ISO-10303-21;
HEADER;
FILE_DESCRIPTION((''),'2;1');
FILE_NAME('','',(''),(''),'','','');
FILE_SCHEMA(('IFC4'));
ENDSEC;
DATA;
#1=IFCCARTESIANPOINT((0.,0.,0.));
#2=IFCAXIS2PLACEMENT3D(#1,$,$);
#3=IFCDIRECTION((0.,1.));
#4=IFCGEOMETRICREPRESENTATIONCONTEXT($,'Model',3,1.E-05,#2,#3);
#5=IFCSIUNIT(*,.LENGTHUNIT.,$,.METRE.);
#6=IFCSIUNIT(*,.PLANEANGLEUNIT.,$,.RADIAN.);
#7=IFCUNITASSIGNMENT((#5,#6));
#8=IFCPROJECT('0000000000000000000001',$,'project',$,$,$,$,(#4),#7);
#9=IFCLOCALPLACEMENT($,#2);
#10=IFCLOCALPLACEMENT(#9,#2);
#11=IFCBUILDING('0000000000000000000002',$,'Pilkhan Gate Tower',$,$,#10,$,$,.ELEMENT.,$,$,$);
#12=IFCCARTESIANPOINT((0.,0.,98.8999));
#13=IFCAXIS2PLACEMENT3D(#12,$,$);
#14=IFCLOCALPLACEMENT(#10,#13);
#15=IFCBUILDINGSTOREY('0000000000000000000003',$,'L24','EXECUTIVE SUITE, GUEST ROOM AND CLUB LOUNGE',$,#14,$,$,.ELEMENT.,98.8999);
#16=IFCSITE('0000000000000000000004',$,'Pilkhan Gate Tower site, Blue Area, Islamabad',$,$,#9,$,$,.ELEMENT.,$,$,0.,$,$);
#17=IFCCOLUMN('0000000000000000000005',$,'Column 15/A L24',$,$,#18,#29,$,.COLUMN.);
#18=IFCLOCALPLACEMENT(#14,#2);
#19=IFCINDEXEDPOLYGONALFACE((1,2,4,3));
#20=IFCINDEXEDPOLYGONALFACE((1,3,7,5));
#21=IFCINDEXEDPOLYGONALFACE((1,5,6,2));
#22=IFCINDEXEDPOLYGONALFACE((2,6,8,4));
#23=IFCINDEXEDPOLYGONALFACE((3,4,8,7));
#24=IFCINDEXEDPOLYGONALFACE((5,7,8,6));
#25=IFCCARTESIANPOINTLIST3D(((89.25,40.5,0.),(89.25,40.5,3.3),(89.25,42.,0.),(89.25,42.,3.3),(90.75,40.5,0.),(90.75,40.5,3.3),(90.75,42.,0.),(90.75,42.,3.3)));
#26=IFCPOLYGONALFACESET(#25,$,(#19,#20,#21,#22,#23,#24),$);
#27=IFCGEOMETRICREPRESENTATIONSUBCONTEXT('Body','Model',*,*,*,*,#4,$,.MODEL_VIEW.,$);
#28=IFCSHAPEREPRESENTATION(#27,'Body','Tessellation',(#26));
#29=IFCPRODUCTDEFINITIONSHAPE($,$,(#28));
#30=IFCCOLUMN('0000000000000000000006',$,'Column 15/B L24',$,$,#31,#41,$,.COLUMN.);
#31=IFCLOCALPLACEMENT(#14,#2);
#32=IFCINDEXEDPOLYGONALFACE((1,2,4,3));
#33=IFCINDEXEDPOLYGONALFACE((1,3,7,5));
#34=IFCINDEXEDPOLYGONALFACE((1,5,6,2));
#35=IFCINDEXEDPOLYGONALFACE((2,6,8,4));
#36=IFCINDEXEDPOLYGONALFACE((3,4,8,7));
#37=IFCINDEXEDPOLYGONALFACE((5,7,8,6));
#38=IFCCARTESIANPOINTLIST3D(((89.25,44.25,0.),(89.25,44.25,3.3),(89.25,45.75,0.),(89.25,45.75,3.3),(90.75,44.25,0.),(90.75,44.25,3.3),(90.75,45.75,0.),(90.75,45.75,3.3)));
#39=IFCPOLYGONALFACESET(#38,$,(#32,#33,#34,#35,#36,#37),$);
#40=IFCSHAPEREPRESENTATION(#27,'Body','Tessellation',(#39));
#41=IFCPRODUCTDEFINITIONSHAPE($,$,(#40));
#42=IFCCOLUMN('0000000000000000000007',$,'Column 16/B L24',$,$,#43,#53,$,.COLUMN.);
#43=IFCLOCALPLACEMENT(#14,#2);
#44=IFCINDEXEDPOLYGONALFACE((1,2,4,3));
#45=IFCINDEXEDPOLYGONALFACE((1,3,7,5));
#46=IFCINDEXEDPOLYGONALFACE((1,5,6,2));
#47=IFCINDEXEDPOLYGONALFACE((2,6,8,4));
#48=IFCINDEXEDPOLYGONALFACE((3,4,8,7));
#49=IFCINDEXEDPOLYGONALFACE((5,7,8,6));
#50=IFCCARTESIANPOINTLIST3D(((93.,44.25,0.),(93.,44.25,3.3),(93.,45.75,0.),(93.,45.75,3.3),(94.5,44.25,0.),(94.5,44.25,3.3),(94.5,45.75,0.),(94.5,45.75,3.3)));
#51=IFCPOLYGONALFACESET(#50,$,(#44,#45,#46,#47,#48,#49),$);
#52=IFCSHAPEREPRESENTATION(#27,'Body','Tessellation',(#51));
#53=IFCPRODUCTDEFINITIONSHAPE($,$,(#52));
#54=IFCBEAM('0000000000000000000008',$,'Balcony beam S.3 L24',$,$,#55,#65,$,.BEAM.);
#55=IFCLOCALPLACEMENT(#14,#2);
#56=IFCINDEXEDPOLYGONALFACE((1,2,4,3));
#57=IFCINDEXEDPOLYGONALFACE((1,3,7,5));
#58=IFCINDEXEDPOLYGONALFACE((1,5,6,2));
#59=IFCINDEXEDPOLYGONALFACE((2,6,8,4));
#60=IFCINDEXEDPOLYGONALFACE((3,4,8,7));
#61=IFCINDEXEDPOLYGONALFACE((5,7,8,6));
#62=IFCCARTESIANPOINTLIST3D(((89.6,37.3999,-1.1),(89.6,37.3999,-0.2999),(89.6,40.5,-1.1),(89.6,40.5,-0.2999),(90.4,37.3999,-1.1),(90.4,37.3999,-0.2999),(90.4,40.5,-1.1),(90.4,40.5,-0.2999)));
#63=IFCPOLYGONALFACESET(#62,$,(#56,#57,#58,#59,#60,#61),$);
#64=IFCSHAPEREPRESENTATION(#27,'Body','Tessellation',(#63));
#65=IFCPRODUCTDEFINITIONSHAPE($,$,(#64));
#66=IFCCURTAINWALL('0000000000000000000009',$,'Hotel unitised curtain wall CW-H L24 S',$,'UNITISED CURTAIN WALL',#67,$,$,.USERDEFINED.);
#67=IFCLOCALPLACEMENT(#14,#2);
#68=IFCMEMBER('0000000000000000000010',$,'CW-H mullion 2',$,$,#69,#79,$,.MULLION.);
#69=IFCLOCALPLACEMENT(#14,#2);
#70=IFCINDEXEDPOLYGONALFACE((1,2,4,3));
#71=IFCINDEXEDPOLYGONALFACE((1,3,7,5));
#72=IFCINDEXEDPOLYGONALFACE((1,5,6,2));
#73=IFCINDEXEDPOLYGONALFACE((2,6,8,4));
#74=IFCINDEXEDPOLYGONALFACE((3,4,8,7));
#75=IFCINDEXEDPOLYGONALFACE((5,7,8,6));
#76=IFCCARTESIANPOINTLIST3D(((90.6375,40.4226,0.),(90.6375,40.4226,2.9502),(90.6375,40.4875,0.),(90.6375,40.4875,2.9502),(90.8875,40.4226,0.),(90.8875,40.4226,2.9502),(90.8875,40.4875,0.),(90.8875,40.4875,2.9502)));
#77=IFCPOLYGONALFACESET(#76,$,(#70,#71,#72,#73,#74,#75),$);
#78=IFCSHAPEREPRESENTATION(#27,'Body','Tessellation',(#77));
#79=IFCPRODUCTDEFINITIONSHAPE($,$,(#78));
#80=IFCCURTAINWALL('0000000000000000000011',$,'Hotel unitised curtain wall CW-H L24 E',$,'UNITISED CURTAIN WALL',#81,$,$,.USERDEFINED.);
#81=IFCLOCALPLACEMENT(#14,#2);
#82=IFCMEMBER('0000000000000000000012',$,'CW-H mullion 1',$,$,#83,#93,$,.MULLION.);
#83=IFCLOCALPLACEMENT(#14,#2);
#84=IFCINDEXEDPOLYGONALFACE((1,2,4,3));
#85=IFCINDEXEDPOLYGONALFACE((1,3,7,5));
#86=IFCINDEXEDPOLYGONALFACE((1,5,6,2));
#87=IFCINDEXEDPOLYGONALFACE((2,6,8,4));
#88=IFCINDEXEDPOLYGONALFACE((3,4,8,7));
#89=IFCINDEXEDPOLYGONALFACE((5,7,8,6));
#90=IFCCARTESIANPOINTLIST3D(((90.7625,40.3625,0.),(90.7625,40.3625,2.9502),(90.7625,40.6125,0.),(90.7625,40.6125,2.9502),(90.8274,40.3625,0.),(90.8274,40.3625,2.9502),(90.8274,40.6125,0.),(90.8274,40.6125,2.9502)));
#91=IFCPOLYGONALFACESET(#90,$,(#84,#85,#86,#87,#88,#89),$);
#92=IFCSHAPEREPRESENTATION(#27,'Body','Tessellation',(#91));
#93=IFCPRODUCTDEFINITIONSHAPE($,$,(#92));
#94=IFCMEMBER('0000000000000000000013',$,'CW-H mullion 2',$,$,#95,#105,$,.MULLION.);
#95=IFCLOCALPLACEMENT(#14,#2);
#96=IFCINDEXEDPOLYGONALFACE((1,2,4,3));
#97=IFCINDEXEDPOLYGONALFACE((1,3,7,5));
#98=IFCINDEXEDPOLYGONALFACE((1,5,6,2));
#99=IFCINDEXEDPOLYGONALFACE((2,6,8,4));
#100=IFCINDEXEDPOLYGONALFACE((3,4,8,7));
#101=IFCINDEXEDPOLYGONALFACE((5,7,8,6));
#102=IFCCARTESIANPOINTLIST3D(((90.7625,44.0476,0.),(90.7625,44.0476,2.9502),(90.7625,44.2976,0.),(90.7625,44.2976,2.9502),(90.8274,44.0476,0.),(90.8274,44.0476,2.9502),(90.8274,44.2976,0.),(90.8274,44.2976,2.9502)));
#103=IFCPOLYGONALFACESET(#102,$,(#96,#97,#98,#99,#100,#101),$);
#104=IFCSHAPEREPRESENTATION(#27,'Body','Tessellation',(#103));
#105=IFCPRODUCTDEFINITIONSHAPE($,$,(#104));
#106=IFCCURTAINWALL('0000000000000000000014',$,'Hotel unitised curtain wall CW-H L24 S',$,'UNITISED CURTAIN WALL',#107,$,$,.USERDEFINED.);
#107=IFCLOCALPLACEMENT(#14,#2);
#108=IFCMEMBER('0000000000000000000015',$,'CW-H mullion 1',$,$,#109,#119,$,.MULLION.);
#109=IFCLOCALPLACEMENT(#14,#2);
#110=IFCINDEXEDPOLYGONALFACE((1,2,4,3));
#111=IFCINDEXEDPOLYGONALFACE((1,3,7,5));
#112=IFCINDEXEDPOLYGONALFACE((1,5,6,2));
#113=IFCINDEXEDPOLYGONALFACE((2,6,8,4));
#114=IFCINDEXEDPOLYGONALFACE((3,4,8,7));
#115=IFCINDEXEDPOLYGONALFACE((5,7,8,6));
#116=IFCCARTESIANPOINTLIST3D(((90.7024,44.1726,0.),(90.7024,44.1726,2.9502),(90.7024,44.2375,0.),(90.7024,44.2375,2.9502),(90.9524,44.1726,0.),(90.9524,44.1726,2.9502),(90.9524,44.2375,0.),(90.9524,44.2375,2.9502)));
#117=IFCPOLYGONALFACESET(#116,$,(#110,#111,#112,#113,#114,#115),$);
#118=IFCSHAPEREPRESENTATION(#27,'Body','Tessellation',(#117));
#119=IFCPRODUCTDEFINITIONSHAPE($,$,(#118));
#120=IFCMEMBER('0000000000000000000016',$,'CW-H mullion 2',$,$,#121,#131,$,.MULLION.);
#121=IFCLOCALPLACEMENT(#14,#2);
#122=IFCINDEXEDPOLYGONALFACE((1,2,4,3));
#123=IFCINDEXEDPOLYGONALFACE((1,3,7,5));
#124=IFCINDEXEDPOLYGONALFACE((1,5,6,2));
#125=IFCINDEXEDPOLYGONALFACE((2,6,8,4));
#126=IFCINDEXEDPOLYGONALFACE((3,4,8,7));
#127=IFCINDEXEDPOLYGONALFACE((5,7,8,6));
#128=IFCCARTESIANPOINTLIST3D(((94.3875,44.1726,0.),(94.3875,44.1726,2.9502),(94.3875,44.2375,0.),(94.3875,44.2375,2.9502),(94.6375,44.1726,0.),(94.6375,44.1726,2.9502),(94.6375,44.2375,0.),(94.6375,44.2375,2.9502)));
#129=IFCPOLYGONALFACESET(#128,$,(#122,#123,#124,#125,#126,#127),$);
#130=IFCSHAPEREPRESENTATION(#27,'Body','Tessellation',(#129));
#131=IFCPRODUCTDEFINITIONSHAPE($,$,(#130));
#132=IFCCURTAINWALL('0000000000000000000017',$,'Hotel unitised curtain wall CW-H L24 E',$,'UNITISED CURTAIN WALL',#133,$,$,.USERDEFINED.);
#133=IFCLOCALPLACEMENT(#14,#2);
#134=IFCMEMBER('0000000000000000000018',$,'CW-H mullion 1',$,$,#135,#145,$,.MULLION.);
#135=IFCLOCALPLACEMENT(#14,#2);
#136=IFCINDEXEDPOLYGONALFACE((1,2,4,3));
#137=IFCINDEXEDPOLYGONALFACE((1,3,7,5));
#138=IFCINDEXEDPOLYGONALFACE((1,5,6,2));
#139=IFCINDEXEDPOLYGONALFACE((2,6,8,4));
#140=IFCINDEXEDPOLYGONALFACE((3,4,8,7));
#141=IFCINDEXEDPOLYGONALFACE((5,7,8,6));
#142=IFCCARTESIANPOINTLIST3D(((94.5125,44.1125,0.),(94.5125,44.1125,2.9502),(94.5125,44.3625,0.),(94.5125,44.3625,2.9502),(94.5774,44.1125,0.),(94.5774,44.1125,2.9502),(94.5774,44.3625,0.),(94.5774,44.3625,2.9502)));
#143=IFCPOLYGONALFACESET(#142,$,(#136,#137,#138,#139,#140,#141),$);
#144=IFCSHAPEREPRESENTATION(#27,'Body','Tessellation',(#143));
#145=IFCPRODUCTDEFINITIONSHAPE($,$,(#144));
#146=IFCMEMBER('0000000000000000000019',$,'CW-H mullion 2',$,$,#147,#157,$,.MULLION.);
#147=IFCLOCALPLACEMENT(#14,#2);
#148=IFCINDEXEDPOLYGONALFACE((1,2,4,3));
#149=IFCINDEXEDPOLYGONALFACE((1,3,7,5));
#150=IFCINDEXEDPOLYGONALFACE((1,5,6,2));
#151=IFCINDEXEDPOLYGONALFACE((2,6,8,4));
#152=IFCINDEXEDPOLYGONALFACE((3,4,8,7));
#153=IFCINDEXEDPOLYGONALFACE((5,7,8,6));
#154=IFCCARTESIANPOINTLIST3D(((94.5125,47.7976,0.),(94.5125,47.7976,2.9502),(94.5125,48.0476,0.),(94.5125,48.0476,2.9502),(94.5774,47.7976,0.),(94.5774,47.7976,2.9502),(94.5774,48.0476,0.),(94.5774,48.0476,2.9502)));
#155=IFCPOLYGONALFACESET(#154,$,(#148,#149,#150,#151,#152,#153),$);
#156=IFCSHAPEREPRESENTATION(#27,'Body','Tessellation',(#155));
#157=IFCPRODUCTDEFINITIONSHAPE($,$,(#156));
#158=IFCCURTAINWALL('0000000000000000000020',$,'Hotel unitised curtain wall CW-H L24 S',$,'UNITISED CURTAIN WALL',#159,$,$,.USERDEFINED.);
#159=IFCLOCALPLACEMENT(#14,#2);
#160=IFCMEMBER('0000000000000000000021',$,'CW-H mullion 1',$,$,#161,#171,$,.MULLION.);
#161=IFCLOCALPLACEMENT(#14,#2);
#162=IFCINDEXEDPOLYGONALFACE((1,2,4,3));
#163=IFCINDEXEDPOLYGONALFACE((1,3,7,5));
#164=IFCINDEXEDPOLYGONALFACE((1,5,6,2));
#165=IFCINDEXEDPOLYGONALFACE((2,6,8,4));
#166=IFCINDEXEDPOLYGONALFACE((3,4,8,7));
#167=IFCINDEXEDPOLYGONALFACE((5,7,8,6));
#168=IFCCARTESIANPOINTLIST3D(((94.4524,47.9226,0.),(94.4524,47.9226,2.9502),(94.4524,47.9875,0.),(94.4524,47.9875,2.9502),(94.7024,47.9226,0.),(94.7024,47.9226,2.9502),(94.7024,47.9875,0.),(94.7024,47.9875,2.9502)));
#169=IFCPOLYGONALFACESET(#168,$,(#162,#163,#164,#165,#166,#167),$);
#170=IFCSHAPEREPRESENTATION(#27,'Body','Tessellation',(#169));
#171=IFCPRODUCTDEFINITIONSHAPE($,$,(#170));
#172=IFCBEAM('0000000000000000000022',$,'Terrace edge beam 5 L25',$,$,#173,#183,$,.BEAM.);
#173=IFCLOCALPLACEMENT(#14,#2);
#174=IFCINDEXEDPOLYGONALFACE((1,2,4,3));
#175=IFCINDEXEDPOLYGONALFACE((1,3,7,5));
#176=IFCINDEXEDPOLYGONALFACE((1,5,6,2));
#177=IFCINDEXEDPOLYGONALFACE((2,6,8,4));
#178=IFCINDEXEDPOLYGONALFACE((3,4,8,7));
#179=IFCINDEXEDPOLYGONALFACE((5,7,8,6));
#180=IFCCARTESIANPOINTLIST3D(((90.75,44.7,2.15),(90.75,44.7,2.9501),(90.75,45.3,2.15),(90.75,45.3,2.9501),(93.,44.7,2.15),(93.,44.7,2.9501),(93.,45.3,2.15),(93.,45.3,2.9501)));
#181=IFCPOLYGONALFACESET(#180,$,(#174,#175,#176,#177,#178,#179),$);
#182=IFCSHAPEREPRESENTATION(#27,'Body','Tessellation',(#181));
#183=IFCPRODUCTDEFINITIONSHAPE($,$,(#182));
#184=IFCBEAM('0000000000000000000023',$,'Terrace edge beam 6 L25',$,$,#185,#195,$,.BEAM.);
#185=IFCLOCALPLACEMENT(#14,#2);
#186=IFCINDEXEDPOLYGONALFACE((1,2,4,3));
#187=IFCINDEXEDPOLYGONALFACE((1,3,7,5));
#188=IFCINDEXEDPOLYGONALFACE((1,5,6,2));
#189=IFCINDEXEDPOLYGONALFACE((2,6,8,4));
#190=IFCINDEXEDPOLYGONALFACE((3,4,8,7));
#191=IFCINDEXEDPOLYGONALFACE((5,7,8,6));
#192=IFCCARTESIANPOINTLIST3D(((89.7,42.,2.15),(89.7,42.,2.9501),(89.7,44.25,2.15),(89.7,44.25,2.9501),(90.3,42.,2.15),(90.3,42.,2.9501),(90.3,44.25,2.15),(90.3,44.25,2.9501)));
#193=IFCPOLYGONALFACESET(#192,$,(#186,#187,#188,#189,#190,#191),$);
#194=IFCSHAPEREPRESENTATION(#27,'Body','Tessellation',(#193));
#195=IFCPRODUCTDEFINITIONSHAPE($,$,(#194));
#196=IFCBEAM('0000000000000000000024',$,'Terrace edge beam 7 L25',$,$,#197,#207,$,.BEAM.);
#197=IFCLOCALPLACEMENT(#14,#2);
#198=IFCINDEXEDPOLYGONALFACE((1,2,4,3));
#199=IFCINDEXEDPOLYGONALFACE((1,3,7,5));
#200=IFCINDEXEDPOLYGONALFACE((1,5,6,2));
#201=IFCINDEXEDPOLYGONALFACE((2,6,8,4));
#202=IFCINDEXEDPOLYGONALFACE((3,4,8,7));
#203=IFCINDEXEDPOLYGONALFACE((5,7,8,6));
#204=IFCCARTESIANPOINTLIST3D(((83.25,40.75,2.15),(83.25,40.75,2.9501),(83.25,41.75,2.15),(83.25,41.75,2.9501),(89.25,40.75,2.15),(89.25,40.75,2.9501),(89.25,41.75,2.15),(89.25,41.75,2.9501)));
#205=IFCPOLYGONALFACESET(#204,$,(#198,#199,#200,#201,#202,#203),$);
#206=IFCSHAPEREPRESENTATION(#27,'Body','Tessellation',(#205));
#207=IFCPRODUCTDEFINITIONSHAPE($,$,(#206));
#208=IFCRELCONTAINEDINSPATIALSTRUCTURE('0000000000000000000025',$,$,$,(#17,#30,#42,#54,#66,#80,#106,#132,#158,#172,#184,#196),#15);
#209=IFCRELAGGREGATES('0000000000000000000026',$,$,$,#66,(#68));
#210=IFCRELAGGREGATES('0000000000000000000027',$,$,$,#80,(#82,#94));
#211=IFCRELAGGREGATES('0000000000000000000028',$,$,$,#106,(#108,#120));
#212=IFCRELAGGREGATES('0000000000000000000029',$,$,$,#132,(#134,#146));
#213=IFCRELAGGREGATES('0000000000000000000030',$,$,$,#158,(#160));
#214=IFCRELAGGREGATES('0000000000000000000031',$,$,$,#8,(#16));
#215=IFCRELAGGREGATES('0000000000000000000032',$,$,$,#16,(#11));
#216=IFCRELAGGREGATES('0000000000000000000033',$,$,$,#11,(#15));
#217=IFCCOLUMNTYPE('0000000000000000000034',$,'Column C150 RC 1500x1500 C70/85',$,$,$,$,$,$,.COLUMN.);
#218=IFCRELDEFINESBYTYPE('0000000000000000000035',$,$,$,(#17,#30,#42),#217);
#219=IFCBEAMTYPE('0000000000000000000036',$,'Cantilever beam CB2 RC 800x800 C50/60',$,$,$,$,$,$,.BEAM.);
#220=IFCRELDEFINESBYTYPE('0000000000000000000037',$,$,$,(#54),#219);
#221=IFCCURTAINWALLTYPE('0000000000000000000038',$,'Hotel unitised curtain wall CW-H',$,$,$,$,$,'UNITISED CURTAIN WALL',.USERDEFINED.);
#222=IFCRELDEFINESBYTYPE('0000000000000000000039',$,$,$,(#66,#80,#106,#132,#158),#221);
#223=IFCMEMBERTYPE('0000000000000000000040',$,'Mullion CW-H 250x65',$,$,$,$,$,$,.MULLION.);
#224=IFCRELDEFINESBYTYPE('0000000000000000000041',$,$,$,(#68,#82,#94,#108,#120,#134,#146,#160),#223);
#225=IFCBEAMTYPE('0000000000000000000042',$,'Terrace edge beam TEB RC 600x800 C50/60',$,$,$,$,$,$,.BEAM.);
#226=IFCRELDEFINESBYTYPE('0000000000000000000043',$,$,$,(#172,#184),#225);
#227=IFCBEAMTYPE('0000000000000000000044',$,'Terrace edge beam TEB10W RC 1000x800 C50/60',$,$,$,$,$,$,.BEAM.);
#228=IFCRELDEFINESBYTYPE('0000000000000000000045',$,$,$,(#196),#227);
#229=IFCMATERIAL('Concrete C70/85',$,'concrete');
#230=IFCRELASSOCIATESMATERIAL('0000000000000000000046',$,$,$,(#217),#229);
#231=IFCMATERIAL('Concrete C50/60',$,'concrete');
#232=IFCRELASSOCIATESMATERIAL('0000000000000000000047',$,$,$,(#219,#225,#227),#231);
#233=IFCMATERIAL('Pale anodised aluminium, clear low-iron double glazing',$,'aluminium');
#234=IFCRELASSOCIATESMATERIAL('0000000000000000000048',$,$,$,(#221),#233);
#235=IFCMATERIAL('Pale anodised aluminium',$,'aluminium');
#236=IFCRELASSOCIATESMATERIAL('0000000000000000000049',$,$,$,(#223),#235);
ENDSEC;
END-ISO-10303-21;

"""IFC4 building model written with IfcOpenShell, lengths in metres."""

from ifc_helpers import new_model, si_unit, direction, frame, origin, origin_2d, place, context, subcontext, project, spatial, rectangle, extrude, material, material_profile, profile_set, type_object, element, aggregate, save


model = new_model("IFC4")

# Units and contexts
model_context = context("Model", 3, precision=1e-05, world=origin(), true_north=direction((0.0, 1.0)))
body_context = subcontext(model_context, "Body", "Model", "MODEL_VIEW")
ifc_project = project(units=[si_unit("LENGTHUNIT", "METRE"), si_unit("PLANEANGLEUNIT", "RADIAN")], contexts=[model_context])

# Site, building, storey
site_placement = place(None, origin())
site = spatial("IfcSite", under=ifc_project, at=site_placement, Name="Pilkhan Gate Tower site, Blue Area, Islamabad", CompositionType="ELEMENT", RefElevation=0.0)
building_placement = place(site_placement, origin())
building = spatial("IfcBuilding", under=site, at=building_placement, Name="Pilkhan Gate Tower", CompositionType="ELEMENT")
storey_placement = place(building_placement, frame((0.0, 0.0, 98.8999)))
storey = spatial("IfcBuildingStorey", under=building, at=storey_placement, Name="L24", Description="EXECUTIVE SUITE, GUEST ROOM AND CLUB LOUNGE", CompositionType="ELEMENT", Elevation=98.8999)

# Columns
ifc_material_1 = material(Name="Concrete C70/85", Category="concrete")
ifc_material_profile_1 = material_profile(ifc_material_1, rectangle(XDim=1.5, YDim=1.5, at=origin_2d()), Name="RC 1500x1500")
ifc_profile_set_1 = profile_set([ifc_material_profile_1], Name="Concrete C70/85")
column_type = type_object("IfcColumnType", Name="Column C150 RC 1500x1500 C70/85", PredefinedType="COLUMN", material=ifc_profile_set_1)
for number, where, z_axis, x_axis, name in (
    (1, (90.0, 41.25, 0.0), (0.0, 0.0, 1.0), (1.0, 0.0, 0.0), "Column 15/A L24"),
    (2, (90.0, 45.0, 0.0), (0.0, 0.0, 1.0), (1.0, 0.0, 0.0), "Column 15/B L24"),
    (3, (93.75, 45.0, 0.0), (0.0, 0.0, 1.0), (1.0, 0.0, 0.0), "Column 16/B L24"),
):
    element("IfcColumn", number, at=place(storey_placement, frame(where, z_axis=z_axis, x_axis=x_axis)), inside=storey, type_object=column_type, Name=name, PredefinedType="COLUMN", context=body_context, shape_type="SweptSolid", body=[
        extrude(rectangle(XDim=1.5, YDim=1.5, at=origin_2d()), origin(), (0.0, 0.0, 1.0), 3.3),
    ])

# Beam
ifc_material_2 = material(Name="Concrete C50/60", Category="concrete")
ifc_material_profile_2 = material_profile(ifc_material_2, rectangle(XDim=0.8, YDim=0.8, at=origin_2d()), Name="RC 800x800")
ifc_profile_set_2 = profile_set([ifc_material_profile_2], Name="Concrete C50/60")
beam_type_1 = type_object("IfcBeamType", Name="Cantilever beam CB2 RC 800x800 C50/60", PredefinedType="BEAM", material=ifc_profile_set_2)
beam_1_placement = place(storey_placement, frame((90.0, 40.5, -0.7), z_axis=(0.0, -1.0, 0.0), x_axis=(1.0, 0.0, 0.0)))
element("IfcBeam", 4, at=beam_1_placement, inside=storey, type_object=beam_type_1, Name="Balcony beam S.3 L24", PredefinedType="BEAM", context=body_context, shape_type="SweptSolid", body=[
    extrude(rectangle(XDim=0.8, YDim=0.8, at=origin_2d()), origin(), (0.0, 0.0, 1.0), 3.1001),
])

# Curtain wall, member
ifc_material_3 = material(Name="Pale anodised aluminium, clear low-iron double glazing", Category="aluminium")
curtain_wall_type = type_object("IfcCurtainWallType", Name="Hotel unitised curtain wall CW-H", ElementType="UNITISED CURTAIN WALL", PredefinedType="USERDEFINED", material=ifc_material_3)
curtain_wall_1_placement = place(storey_placement, origin())
curtain_wall_1 = element("IfcCurtainWall", 5, at=curtain_wall_1_placement, inside=storey, type_object=curtain_wall_type, Name="Hotel unitised curtain wall CW-H L24 S", ObjectType="UNITISED CURTAIN WALL", PredefinedType="USERDEFINED")
ifc_material_4 = material(Name="Pale anodised aluminium", Category="aluminium")
ifc_material_profile_3 = material_profile(ifc_material_4, rectangle(XDim=0.0649, YDim=0.25, at=origin_2d()), Name="Mullion 250x65")
ifc_profile_set_3 = profile_set([ifc_material_profile_3], Name="Pale anodised aluminium")
member_type_1 = type_object("IfcMemberType", Name="Mullion CW-H 250x65", PredefinedType="MULLION", material=ifc_profile_set_3)
member_1_placement = place(storey_placement, frame((90.7625, 40.4551, 0.0), z_axis=(0.0, 0.0, 1.0), x_axis=(0.0, 1.0, 0.0)))
member_1 = element("IfcMember", 6, at=member_1_placement, type_object=member_type_1, Name="CW-H mullion 2", PredefinedType="MULLION", context=body_context, shape_type="SweptSolid", body=[
    extrude(rectangle(XDim=0.0649, YDim=0.25, at=origin_2d()), origin(), (0.0, 0.0, 1.0), 2.9502),
])

# Curtain walls, members
curtain_wall_2_placement = place(storey_placement, origin())
curtain_wall_2 = element("IfcCurtainWall", 7, at=curtain_wall_2_placement, inside=storey, type_object=curtain_wall_type, Name="Hotel unitised curtain wall CW-H L24 E", ObjectType="UNITISED CURTAIN WALL", PredefinedType="USERDEFINED")
member_2_placement = place(storey_placement, frame((90.7949, 40.4875, 0.0), z_axis=(0.0, 0.0, 1.0), x_axis=(-1.0, 0.0, 0.0)))
member_2 = element("IfcMember", 8, at=member_2_placement, type_object=member_type_1, Name="CW-H mullion 1", PredefinedType="MULLION", context=body_context, shape_type="SweptSolid", body=[
    extrude(rectangle(XDim=0.0649, YDim=0.25, at=origin_2d()), origin(), (0.0, 0.0, 1.0), 2.9502),
])
member_3_placement = place(storey_placement, frame((90.7949, 44.1726, 0.0), z_axis=(0.0, 0.0, 1.0), x_axis=(-1.0, 0.0, 0.0)))
member_3 = element("IfcMember", 9, at=member_3_placement, type_object=member_type_1, Name="CW-H mullion 2", PredefinedType="MULLION", context=body_context, shape_type="SweptSolid", body=[
    extrude(rectangle(XDim=0.0649, YDim=0.25, at=origin_2d()), origin(), (0.0, 0.0, 1.0), 2.9502),
])
curtain_wall_3_placement = place(storey_placement, origin())
curtain_wall_3 = element("IfcCurtainWall", 10, at=curtain_wall_3_placement, inside=storey, type_object=curtain_wall_type, Name="Hotel unitised curtain wall CW-H L24 S", ObjectType="UNITISED CURTAIN WALL", PredefinedType="USERDEFINED")
member_4_placement = place(storey_placement, frame((90.8274, 44.2051, 0.0), z_axis=(0.0, 0.0, 1.0), x_axis=(0.0, 1.0, 0.0)))
member_4 = element("IfcMember", 11, at=member_4_placement, type_object=member_type_1, Name="CW-H mullion 1", PredefinedType="MULLION", context=body_context, shape_type="SweptSolid", body=[
    extrude(rectangle(XDim=0.0649, YDim=0.25, at=origin_2d()), origin(), (0.0, 0.0, 1.0), 2.9502),
])
member_5_placement = place(storey_placement, frame((94.5125, 44.2051, 0.0), z_axis=(0.0, 0.0, 1.0), x_axis=(0.0, 1.0, 0.0)))
member_5 = element("IfcMember", 12, at=member_5_placement, type_object=member_type_1, Name="CW-H mullion 2", PredefinedType="MULLION", context=body_context, shape_type="SweptSolid", body=[
    extrude(rectangle(XDim=0.0649, YDim=0.25, at=origin_2d()), origin(), (0.0, 0.0, 1.0), 2.9502),
])
curtain_wall_4_placement = place(storey_placement, origin())
curtain_wall_4 = element("IfcCurtainWall", 13, at=curtain_wall_4_placement, inside=storey, type_object=curtain_wall_type, Name="Hotel unitised curtain wall CW-H L24 E", ObjectType="UNITISED CURTAIN WALL", PredefinedType="USERDEFINED")
member_6_placement = place(storey_placement, frame((94.5449, 44.2375, 0.0), z_axis=(0.0, 0.0, 1.0), x_axis=(-1.0, 0.0, 0.0)))
member_6 = element("IfcMember", 14, at=member_6_placement, type_object=member_type_1, Name="CW-H mullion 1", PredefinedType="MULLION", context=body_context, shape_type="SweptSolid", body=[
    extrude(rectangle(XDim=0.0649, YDim=0.25, at=origin_2d()), origin(), (0.0, 0.0, 1.0), 2.9502),
])
member_7_placement = place(storey_placement, frame((94.5449, 47.9226, 0.0), z_axis=(0.0, 0.0, 1.0), x_axis=(-1.0, 0.0, 0.0)))
member_7 = element("IfcMember", 15, at=member_7_placement, type_object=member_type_1, Name="CW-H mullion 2", PredefinedType="MULLION", context=body_context, shape_type="SweptSolid", body=[
    extrude(rectangle(XDim=0.0649, YDim=0.25, at=origin_2d()), origin(), (0.0, 0.0, 1.0), 2.9502),
])

# Curtain wall, member
curtain_wall_5_placement = place(storey_placement, origin())
curtain_wall_5 = element("IfcCurtainWall", 16, at=curtain_wall_5_placement, inside=storey, type_object=curtain_wall_type, Name="Hotel unitised curtain wall CW-H L24 S", ObjectType="UNITISED CURTAIN WALL", PredefinedType="USERDEFINED")
member_8_placement = place(storey_placement, frame((94.5774, 47.9551, 0.0), z_axis=(0.0, 0.0, 1.0), x_axis=(0.0, 1.0, 0.0)))
member_8 = element("IfcMember", 17, at=member_8_placement, type_object=member_type_1, Name="CW-H mullion 1", PredefinedType="MULLION", context=body_context, shape_type="SweptSolid", body=[
    extrude(rectangle(XDim=0.0649, YDim=0.25, at=origin_2d()), origin(), (0.0, 0.0, 1.0), 2.9502),
])

# Beams
ifc_material_profile_4 = material_profile(ifc_material_2, rectangle(XDim=0.6001, YDim=0.8, at=origin_2d()), Name="RC 600x800")
ifc_profile_set_4 = profile_set([ifc_material_profile_4], Name="Concrete C50/60")
beam_type_2 = type_object("IfcBeamType", Name="Terrace edge beam TEB RC 600x800 C50/60", PredefinedType="BEAM", material=ifc_profile_set_4)
for number, where, z_axis, x_axis, name in (
    (18, (93.0, 45.0, 2.55), (-1.0, 0.0, 0.0), (0.0, -1.0, 0.0), "Terrace edge beam 5 L25"),
    (19, (90.0, 44.25, 2.55), (0.0, -1.0, 0.0), (1.0, 0.0, 0.0), "Terrace edge beam 6 L25"),
):
    element("IfcBeam", number, at=place(storey_placement, frame(where, z_axis=z_axis, x_axis=x_axis)), inside=storey, type_object=beam_type_2, Name=name, PredefinedType="BEAM", context=body_context, shape_type="SweptSolid", body=[
        extrude(rectangle(XDim=0.6001, YDim=0.8, at=origin_2d()), origin(), (0.0, 0.0, 1.0), 2.25),
    ])
ifc_material_profile_5 = material_profile(ifc_material_2, rectangle(XDim=1.0, YDim=0.8, at=origin_2d()), Name="RC 1000x800")
ifc_profile_set_5 = profile_set([ifc_material_profile_5], Name="Concrete C50/60")
beam_type_3 = type_object("IfcBeamType", Name="Terrace edge beam TEB10W RC 1000x800 C50/60", PredefinedType="BEAM", material=ifc_profile_set_5)
beam_2_placement = place(storey_placement, frame((89.25, 41.25, 2.55), z_axis=(-1.0, 0.0, 0.0), x_axis=(0.0, -1.0, 0.0)))
element("IfcBeam", 20, at=beam_2_placement, inside=storey, type_object=beam_type_3, Name="Terrace edge beam 7 L25", PredefinedType="BEAM", context=body_context, shape_type="SweptSolid", body=[
    extrude(rectangle(XDim=1.0, YDim=0.8, at=origin_2d()), origin(), (0.0, 0.0, 1.0), 6.0),
])

aggregate(curtain_wall_1, [member_1])
aggregate(curtain_wall_2, [member_2, member_3])
aggregate(curtain_wall_3, [member_4, member_5])
aggregate(curtain_wall_4, [member_6, member_7])
aggregate(curtain_wall_5, [member_8])

save(model, "model.ifc")
